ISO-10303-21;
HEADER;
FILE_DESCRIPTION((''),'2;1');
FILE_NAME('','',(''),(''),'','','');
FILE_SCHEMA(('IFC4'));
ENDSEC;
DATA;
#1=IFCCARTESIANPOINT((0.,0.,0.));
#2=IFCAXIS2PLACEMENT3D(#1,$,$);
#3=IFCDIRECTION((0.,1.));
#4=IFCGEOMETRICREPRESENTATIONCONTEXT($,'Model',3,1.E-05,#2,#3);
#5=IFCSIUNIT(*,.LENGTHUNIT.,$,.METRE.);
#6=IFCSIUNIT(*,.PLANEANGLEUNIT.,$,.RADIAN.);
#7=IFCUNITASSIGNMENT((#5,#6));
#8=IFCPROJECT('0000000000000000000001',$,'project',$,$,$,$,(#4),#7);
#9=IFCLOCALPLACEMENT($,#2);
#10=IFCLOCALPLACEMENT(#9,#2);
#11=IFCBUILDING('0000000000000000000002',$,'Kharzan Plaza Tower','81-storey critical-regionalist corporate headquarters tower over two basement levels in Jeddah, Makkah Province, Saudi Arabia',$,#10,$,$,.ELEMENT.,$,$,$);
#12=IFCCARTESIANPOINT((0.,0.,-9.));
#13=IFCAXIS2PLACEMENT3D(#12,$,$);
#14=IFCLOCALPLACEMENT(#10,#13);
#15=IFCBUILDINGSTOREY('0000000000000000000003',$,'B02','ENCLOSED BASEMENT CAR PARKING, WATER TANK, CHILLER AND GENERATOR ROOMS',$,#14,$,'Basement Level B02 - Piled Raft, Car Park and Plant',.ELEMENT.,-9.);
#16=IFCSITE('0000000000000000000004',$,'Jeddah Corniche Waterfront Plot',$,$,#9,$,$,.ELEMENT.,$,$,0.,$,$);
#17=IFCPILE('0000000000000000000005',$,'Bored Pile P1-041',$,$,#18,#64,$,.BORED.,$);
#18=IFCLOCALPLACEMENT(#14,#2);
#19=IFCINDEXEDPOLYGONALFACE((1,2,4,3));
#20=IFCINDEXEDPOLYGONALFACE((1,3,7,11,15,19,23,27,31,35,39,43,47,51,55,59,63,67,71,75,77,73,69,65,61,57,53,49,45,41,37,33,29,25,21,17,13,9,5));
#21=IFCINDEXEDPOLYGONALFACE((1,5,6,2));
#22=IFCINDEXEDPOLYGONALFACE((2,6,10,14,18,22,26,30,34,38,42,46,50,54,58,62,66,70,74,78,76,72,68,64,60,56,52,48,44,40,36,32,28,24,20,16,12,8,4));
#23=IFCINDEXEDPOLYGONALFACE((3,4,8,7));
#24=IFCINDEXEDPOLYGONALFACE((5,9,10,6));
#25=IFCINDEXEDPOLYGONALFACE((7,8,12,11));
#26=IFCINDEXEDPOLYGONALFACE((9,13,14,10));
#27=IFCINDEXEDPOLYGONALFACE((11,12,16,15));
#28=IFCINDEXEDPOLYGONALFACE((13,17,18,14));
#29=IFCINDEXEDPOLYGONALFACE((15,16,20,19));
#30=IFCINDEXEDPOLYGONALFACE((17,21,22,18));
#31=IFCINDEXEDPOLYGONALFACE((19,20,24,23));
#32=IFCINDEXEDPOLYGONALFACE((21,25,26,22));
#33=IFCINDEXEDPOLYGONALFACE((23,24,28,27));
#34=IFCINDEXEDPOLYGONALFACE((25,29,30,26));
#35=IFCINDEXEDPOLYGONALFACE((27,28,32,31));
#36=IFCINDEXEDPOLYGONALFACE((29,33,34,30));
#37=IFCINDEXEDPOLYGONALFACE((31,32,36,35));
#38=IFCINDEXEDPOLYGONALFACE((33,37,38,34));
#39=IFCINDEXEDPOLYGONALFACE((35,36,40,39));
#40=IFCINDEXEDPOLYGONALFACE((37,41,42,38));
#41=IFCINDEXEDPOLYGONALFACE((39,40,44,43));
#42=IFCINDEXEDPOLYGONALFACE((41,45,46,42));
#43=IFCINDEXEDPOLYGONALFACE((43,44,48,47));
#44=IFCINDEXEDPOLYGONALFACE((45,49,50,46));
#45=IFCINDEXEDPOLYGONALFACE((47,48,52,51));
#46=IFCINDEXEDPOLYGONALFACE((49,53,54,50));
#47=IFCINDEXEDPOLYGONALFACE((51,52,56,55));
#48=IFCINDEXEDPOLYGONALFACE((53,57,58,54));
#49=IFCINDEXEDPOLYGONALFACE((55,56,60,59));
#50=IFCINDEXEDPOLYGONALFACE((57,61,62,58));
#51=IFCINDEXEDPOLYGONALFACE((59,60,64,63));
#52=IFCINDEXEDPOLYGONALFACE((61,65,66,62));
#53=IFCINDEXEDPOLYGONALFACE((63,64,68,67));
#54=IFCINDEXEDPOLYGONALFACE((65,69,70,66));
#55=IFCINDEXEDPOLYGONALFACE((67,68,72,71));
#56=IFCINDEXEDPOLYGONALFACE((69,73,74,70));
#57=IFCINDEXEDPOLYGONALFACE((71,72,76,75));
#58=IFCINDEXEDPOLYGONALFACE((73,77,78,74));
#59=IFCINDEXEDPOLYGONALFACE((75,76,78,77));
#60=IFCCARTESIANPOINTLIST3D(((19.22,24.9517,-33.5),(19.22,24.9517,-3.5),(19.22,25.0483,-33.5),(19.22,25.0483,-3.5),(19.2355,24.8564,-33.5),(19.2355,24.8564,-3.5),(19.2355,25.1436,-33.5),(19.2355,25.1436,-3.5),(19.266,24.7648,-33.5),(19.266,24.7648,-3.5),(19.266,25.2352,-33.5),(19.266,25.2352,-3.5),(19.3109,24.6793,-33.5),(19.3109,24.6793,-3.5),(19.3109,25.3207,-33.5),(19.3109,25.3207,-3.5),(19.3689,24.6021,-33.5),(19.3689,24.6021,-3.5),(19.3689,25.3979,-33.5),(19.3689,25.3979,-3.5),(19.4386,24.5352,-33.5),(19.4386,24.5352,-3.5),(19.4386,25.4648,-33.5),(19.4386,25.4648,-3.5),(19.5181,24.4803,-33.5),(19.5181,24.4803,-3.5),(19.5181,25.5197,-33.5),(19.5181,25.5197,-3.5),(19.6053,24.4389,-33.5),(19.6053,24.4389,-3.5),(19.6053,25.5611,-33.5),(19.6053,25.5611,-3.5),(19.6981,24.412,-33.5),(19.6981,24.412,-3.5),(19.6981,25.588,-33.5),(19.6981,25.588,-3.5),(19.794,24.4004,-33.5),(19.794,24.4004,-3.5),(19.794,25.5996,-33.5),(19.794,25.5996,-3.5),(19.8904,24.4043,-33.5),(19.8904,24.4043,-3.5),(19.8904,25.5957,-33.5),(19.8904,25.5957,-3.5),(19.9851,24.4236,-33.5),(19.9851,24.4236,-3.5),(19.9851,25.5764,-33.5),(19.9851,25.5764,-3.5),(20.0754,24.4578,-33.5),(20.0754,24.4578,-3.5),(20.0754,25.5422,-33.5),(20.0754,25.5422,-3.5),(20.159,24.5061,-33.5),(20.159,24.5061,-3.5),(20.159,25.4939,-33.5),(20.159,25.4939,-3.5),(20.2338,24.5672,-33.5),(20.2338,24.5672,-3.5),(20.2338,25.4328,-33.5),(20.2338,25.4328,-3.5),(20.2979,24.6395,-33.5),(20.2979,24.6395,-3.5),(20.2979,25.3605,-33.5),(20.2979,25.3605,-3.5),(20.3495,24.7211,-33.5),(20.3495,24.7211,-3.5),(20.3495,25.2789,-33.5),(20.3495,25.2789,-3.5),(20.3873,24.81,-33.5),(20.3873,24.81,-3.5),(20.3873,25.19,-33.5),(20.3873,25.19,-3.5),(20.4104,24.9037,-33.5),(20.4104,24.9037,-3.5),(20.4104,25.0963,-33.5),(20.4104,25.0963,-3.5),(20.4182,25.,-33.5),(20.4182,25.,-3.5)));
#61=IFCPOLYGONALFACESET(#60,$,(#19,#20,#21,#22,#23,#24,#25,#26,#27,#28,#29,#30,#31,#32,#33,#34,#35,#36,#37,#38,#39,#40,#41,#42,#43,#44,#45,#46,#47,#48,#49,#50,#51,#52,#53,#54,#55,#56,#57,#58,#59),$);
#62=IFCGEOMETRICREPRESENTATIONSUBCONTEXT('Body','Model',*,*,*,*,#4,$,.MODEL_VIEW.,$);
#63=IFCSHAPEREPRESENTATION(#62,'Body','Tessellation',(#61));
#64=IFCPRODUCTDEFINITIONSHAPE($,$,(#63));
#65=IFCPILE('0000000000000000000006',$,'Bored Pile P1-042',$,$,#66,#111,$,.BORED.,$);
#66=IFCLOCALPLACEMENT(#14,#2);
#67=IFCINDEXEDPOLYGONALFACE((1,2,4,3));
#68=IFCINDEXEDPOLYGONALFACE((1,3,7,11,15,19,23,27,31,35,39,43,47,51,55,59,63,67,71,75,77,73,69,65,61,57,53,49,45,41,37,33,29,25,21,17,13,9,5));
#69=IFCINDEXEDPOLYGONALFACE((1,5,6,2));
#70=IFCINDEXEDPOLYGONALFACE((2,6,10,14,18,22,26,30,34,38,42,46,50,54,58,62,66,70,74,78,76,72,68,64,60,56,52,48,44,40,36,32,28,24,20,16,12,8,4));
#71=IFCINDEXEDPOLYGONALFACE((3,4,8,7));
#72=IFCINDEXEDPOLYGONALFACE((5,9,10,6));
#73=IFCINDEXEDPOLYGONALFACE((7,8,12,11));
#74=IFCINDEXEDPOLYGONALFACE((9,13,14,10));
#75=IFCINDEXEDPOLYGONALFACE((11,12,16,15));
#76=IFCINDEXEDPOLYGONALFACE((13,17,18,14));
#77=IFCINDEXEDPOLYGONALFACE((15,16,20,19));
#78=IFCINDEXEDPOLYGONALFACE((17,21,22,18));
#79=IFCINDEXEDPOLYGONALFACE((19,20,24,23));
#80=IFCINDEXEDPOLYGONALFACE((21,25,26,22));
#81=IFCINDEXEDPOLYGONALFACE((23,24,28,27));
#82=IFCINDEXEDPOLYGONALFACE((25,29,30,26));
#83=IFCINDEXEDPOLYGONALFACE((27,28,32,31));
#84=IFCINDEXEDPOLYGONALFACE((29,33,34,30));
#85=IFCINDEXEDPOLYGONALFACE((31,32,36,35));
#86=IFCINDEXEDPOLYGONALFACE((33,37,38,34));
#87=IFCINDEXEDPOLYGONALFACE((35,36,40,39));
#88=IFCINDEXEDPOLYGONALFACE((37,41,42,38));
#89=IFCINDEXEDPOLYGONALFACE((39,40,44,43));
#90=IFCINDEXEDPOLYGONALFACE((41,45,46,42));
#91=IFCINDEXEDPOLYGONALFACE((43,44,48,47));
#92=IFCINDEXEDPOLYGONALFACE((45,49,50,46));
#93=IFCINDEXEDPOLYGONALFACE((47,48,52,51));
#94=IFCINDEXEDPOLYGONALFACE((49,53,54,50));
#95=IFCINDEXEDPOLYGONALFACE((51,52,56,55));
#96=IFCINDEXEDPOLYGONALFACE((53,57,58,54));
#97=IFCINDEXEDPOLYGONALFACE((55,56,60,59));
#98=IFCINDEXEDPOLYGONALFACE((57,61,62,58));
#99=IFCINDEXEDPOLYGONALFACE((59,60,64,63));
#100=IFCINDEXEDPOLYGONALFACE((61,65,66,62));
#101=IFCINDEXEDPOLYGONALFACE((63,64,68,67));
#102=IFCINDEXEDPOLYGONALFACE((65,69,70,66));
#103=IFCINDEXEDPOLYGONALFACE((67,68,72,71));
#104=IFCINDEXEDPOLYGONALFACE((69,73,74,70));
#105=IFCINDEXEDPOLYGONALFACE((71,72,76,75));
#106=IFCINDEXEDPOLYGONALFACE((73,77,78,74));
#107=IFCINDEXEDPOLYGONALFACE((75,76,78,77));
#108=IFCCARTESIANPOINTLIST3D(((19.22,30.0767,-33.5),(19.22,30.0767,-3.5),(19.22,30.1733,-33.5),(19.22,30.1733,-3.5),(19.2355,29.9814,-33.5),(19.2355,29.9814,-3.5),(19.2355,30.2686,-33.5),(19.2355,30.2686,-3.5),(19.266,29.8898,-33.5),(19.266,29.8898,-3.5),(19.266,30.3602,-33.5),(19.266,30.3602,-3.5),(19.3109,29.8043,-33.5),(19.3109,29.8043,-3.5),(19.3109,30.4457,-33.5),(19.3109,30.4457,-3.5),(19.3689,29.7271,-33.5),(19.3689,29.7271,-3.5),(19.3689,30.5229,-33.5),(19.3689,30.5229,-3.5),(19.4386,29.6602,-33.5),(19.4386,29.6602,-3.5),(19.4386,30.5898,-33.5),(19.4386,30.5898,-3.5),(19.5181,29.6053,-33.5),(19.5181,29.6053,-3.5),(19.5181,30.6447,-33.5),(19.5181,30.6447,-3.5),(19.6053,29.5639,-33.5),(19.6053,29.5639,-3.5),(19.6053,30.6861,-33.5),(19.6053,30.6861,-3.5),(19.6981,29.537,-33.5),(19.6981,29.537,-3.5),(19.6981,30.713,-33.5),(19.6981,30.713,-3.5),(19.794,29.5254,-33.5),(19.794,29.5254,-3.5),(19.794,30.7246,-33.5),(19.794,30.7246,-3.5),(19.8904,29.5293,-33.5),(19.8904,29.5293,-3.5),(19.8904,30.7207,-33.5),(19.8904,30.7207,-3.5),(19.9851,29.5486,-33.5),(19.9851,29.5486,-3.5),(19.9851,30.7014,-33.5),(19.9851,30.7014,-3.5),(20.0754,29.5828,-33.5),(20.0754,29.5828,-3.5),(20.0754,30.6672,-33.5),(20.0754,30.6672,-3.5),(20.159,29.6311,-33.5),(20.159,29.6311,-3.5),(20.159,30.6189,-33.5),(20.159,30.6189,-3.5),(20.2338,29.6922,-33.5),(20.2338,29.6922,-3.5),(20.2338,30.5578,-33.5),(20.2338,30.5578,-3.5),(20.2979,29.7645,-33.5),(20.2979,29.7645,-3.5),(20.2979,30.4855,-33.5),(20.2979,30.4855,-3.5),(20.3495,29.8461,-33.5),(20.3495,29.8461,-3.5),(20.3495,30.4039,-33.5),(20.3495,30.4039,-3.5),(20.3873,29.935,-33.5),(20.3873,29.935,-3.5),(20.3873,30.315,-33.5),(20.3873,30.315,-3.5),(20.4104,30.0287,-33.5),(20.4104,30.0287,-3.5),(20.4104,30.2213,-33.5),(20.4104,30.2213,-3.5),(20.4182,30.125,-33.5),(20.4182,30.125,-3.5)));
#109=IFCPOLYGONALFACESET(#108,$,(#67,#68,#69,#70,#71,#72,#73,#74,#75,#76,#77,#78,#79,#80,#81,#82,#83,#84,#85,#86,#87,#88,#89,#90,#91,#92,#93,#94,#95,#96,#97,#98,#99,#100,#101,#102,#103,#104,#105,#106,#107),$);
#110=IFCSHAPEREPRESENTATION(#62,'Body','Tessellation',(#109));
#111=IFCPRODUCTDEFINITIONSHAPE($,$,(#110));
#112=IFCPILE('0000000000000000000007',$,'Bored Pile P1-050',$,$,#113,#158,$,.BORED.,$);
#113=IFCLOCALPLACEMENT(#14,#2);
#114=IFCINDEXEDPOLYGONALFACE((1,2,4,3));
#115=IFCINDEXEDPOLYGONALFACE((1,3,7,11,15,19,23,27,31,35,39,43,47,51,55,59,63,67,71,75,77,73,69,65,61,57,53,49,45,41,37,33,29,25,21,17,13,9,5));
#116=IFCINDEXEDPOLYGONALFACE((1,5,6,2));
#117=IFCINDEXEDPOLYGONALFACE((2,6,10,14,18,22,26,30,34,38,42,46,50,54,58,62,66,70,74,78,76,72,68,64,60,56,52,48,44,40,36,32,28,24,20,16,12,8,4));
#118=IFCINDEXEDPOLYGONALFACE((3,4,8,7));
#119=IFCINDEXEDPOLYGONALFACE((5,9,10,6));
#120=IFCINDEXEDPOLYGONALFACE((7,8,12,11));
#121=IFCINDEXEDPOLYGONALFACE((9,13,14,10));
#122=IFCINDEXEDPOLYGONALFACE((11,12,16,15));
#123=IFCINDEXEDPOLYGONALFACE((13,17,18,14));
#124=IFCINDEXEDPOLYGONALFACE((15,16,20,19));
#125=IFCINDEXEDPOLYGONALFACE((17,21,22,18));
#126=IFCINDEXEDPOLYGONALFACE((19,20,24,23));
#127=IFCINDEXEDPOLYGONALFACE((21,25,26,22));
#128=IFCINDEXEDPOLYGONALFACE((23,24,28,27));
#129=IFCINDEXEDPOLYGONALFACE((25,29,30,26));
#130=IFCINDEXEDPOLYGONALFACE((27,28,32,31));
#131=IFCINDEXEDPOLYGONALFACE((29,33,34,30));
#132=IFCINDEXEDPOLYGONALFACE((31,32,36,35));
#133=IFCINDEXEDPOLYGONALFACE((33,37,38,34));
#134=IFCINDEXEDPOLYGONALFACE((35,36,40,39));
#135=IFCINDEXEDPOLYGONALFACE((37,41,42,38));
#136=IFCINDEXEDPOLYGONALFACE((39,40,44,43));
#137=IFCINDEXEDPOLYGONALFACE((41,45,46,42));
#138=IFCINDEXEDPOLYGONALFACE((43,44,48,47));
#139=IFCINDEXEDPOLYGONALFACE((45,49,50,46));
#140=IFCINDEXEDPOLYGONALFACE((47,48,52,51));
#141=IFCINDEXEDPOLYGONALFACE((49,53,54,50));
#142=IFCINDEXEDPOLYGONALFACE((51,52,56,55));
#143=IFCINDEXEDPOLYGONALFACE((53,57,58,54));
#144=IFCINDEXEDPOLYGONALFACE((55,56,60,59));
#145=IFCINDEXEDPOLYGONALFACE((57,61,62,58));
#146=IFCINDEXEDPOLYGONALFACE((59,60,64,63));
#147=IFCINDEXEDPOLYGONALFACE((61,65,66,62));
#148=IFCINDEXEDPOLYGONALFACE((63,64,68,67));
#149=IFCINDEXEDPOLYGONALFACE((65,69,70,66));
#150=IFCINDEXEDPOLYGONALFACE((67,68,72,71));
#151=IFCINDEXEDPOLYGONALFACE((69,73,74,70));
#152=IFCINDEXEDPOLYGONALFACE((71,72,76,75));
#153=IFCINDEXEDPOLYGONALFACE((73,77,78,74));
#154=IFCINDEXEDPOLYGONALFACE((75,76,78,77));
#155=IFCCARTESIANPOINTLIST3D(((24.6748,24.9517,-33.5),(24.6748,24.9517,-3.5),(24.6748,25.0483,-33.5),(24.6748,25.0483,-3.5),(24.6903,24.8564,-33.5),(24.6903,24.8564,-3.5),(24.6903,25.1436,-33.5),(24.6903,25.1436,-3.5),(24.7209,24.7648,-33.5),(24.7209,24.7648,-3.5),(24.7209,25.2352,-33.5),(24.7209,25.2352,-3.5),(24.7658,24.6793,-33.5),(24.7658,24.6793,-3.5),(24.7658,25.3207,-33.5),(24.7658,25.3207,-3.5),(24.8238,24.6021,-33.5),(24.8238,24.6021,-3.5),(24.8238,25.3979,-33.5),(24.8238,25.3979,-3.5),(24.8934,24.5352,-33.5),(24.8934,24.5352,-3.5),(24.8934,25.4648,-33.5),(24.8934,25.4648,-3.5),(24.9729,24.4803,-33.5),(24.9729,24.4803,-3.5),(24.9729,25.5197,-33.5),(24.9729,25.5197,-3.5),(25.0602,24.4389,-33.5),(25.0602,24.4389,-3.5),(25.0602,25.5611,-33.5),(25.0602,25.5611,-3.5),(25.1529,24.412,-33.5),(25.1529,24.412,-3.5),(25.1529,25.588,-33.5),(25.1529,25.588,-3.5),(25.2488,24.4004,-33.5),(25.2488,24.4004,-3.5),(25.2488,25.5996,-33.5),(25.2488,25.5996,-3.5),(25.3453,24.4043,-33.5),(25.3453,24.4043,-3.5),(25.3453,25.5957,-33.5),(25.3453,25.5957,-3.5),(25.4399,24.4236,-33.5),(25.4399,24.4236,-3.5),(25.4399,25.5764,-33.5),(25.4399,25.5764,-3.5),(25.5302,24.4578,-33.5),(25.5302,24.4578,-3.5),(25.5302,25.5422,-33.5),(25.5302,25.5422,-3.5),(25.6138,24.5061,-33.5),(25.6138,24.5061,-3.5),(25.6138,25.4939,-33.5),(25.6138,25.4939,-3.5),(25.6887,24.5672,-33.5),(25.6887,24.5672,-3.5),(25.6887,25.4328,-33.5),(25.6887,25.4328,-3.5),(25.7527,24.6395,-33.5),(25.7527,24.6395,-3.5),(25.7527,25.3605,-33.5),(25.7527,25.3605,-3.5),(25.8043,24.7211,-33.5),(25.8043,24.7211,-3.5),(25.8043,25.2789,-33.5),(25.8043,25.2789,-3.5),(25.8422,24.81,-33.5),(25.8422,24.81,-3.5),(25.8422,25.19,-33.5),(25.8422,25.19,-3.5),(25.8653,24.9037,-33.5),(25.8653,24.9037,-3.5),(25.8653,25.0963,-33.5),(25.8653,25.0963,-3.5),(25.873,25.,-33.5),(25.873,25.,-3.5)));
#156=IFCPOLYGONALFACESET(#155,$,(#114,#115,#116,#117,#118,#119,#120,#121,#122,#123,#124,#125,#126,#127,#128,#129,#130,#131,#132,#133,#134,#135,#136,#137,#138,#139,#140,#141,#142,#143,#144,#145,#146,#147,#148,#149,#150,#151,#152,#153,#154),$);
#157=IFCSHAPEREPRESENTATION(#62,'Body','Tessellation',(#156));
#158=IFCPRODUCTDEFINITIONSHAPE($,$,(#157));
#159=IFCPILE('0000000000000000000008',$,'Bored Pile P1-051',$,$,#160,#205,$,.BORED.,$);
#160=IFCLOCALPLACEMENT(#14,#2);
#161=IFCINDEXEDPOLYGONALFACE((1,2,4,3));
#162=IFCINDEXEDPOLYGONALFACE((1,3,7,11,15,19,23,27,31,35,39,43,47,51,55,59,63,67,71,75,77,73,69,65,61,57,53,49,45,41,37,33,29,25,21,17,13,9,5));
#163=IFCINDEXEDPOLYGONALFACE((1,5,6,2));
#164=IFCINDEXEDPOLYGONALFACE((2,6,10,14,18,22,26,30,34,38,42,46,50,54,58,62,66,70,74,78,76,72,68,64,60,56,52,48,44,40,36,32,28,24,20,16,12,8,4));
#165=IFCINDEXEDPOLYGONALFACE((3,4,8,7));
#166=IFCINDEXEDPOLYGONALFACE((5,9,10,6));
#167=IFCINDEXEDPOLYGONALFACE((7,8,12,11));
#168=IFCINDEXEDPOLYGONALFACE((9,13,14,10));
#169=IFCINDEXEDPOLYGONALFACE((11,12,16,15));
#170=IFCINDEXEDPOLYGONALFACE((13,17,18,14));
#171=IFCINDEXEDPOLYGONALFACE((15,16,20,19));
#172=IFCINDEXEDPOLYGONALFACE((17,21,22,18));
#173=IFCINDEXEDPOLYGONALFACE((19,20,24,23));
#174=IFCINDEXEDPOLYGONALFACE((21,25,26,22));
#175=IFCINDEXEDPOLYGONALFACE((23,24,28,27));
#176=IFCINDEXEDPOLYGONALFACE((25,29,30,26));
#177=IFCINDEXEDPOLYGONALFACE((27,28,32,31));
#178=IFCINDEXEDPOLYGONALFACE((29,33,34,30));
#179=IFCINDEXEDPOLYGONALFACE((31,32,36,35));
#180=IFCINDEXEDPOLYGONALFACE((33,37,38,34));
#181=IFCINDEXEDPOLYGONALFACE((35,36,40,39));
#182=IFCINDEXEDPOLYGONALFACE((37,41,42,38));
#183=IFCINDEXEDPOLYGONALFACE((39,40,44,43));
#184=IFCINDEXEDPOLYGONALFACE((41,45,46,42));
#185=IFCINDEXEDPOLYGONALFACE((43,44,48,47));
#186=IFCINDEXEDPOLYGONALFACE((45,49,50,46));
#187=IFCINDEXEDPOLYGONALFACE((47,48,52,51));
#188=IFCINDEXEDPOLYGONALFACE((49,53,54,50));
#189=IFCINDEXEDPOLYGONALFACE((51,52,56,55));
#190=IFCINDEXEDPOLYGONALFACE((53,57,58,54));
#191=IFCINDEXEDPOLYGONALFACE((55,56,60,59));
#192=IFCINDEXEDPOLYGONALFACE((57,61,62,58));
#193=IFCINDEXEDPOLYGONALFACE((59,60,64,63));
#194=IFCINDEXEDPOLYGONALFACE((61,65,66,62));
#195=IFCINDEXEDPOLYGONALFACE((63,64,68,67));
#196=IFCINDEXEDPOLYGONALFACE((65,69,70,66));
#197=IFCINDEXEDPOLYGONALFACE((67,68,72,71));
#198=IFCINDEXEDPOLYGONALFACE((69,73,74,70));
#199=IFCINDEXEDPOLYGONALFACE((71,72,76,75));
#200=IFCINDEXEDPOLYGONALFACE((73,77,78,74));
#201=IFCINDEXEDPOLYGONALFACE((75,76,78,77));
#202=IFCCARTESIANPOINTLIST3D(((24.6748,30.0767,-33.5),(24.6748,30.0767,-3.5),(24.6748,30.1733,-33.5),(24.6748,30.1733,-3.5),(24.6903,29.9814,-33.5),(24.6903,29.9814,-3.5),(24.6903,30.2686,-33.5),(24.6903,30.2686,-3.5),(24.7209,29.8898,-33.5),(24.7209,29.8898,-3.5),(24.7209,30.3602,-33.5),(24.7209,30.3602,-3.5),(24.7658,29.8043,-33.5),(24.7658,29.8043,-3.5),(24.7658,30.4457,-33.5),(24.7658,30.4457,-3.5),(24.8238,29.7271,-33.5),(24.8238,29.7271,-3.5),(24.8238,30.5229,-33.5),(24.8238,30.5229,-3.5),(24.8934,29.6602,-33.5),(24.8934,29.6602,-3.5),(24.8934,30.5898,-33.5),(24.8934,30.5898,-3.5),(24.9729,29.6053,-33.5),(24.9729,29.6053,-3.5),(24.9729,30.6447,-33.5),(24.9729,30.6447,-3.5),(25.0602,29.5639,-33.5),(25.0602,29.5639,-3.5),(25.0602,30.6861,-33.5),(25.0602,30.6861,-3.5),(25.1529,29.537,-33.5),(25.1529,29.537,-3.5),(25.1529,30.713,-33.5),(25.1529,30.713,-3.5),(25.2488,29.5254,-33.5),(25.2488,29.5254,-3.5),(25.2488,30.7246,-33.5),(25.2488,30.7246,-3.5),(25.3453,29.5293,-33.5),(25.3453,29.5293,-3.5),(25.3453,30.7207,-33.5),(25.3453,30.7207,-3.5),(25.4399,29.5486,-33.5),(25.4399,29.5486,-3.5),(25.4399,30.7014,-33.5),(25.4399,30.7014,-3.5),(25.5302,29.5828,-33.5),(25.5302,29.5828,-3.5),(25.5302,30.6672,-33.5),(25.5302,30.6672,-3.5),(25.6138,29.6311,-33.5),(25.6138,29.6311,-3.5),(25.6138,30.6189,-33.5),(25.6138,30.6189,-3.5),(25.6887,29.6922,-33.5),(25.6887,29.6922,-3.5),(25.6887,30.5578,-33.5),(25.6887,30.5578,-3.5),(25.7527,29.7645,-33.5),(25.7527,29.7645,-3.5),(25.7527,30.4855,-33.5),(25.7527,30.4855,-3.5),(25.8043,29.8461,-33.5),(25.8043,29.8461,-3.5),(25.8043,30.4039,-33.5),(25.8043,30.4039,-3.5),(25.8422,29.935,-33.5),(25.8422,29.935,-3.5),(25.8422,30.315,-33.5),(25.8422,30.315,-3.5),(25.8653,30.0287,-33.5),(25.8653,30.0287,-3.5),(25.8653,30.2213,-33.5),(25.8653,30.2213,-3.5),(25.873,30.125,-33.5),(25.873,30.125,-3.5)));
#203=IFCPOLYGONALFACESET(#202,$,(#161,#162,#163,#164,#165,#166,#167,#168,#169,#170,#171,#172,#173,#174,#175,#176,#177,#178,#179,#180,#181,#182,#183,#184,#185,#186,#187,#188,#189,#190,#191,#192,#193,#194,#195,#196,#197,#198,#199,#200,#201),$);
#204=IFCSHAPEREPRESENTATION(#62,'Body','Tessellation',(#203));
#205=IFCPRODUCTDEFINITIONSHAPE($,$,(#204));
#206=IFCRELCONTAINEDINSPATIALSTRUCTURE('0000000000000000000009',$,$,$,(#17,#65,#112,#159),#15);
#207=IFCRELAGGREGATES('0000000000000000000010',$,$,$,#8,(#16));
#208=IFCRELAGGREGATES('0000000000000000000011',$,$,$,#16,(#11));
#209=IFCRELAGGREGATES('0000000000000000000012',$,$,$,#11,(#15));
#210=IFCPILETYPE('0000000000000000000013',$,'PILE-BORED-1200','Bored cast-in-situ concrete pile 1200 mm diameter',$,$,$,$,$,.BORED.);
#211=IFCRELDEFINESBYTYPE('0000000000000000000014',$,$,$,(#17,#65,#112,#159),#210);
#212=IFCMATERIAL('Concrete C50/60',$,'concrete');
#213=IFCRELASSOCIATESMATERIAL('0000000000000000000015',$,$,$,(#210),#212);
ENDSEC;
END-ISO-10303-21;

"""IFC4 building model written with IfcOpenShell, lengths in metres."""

from ifc_helpers import new_model, si_unit, direction, frame, origin, origin_2d, place, context, subcontext, project, spatial, circle, extrude, source, transform, mapped, material, material_profile, profile_set, type_object, element, save


model = new_model("IFC4")

# Units and contexts
model_context = context("Model", 3, precision=1e-05, world=origin(), true_north=direction((0.0, 1.0)))
body_context = subcontext(model_context, "Body", "Model", "MODEL_VIEW")
ifc_project = project(units=[si_unit("LENGTHUNIT", "METRE"), si_unit("PLANEANGLEUNIT", "RADIAN")], contexts=[model_context])

# Site, building, storey
site_placement = place(None, origin())
site = spatial("IfcSite", under=ifc_project, at=site_placement, Name="Jeddah Corniche Waterfront Plot", CompositionType="ELEMENT", RefElevation=0.0)
building_placement = place(site_placement, origin())
building = spatial("IfcBuilding", under=site, at=building_placement, Name="Kharzan Plaza Tower", Description="81-storey critical-regionalist corporate headquarters tower over two basement levels in Jeddah, Makkah Province, Saudi Arabia", CompositionType="ELEMENT")
storey_placement = place(building_placement, frame((0.0, 0.0, -9.0)))
storey = spatial("IfcBuildingStorey", under=building, at=storey_placement, Name="B02", Description="ENCLOSED BASEMENT CAR PARKING, WATER TANK, CHILLER AND GENERATOR ROOMS", LongName="Basement Level B02 - Piled Raft, Car Park and Plant", CompositionType="ELEMENT", Elevation=-9.0)

# Piles
ifc_material_1 = material(Name="Concrete C50/60", Category="concrete")
ifc_material_profile_1 = material_profile(ifc_material_1, circle(Radius=0.6001, at=origin_2d()), Name="PILE-D1200")
ifc_profile_set_1 = profile_set([ifc_material_profile_1], Name="Concrete C50/60")
pile_type = type_object("IfcPileType", Name="PILE-BORED-1200", Description="Bored cast-in-situ concrete pile 1200 mm diameter", PredefinedType="BORED", material=ifc_profile_set_1)
shared_shape_1 = source(origin(), body_context, "Body", "SweptSolid", [
    extrude(circle(Radius=0.6001, at=origin_2d()), origin(), (0.0, 0.0, 1.0), 30.0),
])
for number, where, z_axis, x_axis, name in (
    (1, (19.8181, 25.0, -3.5), (0.0, 0.0, -1.0), (1.0, 0.0, 0.0), "Bored Pile P1-041"),
    (2, (19.8181, 30.125, -3.5), (0.0, 0.0, -1.0), (1.0, 0.0, 0.0), "Bored Pile P1-042"),
    (3, (25.2729, 25.0, -3.5), (0.0, 0.0, -1.0), (1.0, 0.0, 0.0), "Bored Pile P1-050"),
    (4, (25.2729, 30.125, -3.5), (0.0, 0.0, -1.0), (1.0, 0.0, 0.0), "Bored Pile P1-051"),
):
    element("IfcPile", number, at=place(storey_placement, frame(where, z_axis=z_axis, x_axis=x_axis)), inside=storey, type_object=pile_type, Name=name, PredefinedType="BORED", context=body_context, shape_type="MappedRepresentation", body=[
        mapped(shared_shape_1, transform((0.0, 0.0, 0.0), x_axis=(1.0, 0.0, 0.0), y_axis=(0.0, 1.0, 0.0), z_axis=(0.0, 0.0, 1.0))),
    ])

save(model, "model.ifc")
